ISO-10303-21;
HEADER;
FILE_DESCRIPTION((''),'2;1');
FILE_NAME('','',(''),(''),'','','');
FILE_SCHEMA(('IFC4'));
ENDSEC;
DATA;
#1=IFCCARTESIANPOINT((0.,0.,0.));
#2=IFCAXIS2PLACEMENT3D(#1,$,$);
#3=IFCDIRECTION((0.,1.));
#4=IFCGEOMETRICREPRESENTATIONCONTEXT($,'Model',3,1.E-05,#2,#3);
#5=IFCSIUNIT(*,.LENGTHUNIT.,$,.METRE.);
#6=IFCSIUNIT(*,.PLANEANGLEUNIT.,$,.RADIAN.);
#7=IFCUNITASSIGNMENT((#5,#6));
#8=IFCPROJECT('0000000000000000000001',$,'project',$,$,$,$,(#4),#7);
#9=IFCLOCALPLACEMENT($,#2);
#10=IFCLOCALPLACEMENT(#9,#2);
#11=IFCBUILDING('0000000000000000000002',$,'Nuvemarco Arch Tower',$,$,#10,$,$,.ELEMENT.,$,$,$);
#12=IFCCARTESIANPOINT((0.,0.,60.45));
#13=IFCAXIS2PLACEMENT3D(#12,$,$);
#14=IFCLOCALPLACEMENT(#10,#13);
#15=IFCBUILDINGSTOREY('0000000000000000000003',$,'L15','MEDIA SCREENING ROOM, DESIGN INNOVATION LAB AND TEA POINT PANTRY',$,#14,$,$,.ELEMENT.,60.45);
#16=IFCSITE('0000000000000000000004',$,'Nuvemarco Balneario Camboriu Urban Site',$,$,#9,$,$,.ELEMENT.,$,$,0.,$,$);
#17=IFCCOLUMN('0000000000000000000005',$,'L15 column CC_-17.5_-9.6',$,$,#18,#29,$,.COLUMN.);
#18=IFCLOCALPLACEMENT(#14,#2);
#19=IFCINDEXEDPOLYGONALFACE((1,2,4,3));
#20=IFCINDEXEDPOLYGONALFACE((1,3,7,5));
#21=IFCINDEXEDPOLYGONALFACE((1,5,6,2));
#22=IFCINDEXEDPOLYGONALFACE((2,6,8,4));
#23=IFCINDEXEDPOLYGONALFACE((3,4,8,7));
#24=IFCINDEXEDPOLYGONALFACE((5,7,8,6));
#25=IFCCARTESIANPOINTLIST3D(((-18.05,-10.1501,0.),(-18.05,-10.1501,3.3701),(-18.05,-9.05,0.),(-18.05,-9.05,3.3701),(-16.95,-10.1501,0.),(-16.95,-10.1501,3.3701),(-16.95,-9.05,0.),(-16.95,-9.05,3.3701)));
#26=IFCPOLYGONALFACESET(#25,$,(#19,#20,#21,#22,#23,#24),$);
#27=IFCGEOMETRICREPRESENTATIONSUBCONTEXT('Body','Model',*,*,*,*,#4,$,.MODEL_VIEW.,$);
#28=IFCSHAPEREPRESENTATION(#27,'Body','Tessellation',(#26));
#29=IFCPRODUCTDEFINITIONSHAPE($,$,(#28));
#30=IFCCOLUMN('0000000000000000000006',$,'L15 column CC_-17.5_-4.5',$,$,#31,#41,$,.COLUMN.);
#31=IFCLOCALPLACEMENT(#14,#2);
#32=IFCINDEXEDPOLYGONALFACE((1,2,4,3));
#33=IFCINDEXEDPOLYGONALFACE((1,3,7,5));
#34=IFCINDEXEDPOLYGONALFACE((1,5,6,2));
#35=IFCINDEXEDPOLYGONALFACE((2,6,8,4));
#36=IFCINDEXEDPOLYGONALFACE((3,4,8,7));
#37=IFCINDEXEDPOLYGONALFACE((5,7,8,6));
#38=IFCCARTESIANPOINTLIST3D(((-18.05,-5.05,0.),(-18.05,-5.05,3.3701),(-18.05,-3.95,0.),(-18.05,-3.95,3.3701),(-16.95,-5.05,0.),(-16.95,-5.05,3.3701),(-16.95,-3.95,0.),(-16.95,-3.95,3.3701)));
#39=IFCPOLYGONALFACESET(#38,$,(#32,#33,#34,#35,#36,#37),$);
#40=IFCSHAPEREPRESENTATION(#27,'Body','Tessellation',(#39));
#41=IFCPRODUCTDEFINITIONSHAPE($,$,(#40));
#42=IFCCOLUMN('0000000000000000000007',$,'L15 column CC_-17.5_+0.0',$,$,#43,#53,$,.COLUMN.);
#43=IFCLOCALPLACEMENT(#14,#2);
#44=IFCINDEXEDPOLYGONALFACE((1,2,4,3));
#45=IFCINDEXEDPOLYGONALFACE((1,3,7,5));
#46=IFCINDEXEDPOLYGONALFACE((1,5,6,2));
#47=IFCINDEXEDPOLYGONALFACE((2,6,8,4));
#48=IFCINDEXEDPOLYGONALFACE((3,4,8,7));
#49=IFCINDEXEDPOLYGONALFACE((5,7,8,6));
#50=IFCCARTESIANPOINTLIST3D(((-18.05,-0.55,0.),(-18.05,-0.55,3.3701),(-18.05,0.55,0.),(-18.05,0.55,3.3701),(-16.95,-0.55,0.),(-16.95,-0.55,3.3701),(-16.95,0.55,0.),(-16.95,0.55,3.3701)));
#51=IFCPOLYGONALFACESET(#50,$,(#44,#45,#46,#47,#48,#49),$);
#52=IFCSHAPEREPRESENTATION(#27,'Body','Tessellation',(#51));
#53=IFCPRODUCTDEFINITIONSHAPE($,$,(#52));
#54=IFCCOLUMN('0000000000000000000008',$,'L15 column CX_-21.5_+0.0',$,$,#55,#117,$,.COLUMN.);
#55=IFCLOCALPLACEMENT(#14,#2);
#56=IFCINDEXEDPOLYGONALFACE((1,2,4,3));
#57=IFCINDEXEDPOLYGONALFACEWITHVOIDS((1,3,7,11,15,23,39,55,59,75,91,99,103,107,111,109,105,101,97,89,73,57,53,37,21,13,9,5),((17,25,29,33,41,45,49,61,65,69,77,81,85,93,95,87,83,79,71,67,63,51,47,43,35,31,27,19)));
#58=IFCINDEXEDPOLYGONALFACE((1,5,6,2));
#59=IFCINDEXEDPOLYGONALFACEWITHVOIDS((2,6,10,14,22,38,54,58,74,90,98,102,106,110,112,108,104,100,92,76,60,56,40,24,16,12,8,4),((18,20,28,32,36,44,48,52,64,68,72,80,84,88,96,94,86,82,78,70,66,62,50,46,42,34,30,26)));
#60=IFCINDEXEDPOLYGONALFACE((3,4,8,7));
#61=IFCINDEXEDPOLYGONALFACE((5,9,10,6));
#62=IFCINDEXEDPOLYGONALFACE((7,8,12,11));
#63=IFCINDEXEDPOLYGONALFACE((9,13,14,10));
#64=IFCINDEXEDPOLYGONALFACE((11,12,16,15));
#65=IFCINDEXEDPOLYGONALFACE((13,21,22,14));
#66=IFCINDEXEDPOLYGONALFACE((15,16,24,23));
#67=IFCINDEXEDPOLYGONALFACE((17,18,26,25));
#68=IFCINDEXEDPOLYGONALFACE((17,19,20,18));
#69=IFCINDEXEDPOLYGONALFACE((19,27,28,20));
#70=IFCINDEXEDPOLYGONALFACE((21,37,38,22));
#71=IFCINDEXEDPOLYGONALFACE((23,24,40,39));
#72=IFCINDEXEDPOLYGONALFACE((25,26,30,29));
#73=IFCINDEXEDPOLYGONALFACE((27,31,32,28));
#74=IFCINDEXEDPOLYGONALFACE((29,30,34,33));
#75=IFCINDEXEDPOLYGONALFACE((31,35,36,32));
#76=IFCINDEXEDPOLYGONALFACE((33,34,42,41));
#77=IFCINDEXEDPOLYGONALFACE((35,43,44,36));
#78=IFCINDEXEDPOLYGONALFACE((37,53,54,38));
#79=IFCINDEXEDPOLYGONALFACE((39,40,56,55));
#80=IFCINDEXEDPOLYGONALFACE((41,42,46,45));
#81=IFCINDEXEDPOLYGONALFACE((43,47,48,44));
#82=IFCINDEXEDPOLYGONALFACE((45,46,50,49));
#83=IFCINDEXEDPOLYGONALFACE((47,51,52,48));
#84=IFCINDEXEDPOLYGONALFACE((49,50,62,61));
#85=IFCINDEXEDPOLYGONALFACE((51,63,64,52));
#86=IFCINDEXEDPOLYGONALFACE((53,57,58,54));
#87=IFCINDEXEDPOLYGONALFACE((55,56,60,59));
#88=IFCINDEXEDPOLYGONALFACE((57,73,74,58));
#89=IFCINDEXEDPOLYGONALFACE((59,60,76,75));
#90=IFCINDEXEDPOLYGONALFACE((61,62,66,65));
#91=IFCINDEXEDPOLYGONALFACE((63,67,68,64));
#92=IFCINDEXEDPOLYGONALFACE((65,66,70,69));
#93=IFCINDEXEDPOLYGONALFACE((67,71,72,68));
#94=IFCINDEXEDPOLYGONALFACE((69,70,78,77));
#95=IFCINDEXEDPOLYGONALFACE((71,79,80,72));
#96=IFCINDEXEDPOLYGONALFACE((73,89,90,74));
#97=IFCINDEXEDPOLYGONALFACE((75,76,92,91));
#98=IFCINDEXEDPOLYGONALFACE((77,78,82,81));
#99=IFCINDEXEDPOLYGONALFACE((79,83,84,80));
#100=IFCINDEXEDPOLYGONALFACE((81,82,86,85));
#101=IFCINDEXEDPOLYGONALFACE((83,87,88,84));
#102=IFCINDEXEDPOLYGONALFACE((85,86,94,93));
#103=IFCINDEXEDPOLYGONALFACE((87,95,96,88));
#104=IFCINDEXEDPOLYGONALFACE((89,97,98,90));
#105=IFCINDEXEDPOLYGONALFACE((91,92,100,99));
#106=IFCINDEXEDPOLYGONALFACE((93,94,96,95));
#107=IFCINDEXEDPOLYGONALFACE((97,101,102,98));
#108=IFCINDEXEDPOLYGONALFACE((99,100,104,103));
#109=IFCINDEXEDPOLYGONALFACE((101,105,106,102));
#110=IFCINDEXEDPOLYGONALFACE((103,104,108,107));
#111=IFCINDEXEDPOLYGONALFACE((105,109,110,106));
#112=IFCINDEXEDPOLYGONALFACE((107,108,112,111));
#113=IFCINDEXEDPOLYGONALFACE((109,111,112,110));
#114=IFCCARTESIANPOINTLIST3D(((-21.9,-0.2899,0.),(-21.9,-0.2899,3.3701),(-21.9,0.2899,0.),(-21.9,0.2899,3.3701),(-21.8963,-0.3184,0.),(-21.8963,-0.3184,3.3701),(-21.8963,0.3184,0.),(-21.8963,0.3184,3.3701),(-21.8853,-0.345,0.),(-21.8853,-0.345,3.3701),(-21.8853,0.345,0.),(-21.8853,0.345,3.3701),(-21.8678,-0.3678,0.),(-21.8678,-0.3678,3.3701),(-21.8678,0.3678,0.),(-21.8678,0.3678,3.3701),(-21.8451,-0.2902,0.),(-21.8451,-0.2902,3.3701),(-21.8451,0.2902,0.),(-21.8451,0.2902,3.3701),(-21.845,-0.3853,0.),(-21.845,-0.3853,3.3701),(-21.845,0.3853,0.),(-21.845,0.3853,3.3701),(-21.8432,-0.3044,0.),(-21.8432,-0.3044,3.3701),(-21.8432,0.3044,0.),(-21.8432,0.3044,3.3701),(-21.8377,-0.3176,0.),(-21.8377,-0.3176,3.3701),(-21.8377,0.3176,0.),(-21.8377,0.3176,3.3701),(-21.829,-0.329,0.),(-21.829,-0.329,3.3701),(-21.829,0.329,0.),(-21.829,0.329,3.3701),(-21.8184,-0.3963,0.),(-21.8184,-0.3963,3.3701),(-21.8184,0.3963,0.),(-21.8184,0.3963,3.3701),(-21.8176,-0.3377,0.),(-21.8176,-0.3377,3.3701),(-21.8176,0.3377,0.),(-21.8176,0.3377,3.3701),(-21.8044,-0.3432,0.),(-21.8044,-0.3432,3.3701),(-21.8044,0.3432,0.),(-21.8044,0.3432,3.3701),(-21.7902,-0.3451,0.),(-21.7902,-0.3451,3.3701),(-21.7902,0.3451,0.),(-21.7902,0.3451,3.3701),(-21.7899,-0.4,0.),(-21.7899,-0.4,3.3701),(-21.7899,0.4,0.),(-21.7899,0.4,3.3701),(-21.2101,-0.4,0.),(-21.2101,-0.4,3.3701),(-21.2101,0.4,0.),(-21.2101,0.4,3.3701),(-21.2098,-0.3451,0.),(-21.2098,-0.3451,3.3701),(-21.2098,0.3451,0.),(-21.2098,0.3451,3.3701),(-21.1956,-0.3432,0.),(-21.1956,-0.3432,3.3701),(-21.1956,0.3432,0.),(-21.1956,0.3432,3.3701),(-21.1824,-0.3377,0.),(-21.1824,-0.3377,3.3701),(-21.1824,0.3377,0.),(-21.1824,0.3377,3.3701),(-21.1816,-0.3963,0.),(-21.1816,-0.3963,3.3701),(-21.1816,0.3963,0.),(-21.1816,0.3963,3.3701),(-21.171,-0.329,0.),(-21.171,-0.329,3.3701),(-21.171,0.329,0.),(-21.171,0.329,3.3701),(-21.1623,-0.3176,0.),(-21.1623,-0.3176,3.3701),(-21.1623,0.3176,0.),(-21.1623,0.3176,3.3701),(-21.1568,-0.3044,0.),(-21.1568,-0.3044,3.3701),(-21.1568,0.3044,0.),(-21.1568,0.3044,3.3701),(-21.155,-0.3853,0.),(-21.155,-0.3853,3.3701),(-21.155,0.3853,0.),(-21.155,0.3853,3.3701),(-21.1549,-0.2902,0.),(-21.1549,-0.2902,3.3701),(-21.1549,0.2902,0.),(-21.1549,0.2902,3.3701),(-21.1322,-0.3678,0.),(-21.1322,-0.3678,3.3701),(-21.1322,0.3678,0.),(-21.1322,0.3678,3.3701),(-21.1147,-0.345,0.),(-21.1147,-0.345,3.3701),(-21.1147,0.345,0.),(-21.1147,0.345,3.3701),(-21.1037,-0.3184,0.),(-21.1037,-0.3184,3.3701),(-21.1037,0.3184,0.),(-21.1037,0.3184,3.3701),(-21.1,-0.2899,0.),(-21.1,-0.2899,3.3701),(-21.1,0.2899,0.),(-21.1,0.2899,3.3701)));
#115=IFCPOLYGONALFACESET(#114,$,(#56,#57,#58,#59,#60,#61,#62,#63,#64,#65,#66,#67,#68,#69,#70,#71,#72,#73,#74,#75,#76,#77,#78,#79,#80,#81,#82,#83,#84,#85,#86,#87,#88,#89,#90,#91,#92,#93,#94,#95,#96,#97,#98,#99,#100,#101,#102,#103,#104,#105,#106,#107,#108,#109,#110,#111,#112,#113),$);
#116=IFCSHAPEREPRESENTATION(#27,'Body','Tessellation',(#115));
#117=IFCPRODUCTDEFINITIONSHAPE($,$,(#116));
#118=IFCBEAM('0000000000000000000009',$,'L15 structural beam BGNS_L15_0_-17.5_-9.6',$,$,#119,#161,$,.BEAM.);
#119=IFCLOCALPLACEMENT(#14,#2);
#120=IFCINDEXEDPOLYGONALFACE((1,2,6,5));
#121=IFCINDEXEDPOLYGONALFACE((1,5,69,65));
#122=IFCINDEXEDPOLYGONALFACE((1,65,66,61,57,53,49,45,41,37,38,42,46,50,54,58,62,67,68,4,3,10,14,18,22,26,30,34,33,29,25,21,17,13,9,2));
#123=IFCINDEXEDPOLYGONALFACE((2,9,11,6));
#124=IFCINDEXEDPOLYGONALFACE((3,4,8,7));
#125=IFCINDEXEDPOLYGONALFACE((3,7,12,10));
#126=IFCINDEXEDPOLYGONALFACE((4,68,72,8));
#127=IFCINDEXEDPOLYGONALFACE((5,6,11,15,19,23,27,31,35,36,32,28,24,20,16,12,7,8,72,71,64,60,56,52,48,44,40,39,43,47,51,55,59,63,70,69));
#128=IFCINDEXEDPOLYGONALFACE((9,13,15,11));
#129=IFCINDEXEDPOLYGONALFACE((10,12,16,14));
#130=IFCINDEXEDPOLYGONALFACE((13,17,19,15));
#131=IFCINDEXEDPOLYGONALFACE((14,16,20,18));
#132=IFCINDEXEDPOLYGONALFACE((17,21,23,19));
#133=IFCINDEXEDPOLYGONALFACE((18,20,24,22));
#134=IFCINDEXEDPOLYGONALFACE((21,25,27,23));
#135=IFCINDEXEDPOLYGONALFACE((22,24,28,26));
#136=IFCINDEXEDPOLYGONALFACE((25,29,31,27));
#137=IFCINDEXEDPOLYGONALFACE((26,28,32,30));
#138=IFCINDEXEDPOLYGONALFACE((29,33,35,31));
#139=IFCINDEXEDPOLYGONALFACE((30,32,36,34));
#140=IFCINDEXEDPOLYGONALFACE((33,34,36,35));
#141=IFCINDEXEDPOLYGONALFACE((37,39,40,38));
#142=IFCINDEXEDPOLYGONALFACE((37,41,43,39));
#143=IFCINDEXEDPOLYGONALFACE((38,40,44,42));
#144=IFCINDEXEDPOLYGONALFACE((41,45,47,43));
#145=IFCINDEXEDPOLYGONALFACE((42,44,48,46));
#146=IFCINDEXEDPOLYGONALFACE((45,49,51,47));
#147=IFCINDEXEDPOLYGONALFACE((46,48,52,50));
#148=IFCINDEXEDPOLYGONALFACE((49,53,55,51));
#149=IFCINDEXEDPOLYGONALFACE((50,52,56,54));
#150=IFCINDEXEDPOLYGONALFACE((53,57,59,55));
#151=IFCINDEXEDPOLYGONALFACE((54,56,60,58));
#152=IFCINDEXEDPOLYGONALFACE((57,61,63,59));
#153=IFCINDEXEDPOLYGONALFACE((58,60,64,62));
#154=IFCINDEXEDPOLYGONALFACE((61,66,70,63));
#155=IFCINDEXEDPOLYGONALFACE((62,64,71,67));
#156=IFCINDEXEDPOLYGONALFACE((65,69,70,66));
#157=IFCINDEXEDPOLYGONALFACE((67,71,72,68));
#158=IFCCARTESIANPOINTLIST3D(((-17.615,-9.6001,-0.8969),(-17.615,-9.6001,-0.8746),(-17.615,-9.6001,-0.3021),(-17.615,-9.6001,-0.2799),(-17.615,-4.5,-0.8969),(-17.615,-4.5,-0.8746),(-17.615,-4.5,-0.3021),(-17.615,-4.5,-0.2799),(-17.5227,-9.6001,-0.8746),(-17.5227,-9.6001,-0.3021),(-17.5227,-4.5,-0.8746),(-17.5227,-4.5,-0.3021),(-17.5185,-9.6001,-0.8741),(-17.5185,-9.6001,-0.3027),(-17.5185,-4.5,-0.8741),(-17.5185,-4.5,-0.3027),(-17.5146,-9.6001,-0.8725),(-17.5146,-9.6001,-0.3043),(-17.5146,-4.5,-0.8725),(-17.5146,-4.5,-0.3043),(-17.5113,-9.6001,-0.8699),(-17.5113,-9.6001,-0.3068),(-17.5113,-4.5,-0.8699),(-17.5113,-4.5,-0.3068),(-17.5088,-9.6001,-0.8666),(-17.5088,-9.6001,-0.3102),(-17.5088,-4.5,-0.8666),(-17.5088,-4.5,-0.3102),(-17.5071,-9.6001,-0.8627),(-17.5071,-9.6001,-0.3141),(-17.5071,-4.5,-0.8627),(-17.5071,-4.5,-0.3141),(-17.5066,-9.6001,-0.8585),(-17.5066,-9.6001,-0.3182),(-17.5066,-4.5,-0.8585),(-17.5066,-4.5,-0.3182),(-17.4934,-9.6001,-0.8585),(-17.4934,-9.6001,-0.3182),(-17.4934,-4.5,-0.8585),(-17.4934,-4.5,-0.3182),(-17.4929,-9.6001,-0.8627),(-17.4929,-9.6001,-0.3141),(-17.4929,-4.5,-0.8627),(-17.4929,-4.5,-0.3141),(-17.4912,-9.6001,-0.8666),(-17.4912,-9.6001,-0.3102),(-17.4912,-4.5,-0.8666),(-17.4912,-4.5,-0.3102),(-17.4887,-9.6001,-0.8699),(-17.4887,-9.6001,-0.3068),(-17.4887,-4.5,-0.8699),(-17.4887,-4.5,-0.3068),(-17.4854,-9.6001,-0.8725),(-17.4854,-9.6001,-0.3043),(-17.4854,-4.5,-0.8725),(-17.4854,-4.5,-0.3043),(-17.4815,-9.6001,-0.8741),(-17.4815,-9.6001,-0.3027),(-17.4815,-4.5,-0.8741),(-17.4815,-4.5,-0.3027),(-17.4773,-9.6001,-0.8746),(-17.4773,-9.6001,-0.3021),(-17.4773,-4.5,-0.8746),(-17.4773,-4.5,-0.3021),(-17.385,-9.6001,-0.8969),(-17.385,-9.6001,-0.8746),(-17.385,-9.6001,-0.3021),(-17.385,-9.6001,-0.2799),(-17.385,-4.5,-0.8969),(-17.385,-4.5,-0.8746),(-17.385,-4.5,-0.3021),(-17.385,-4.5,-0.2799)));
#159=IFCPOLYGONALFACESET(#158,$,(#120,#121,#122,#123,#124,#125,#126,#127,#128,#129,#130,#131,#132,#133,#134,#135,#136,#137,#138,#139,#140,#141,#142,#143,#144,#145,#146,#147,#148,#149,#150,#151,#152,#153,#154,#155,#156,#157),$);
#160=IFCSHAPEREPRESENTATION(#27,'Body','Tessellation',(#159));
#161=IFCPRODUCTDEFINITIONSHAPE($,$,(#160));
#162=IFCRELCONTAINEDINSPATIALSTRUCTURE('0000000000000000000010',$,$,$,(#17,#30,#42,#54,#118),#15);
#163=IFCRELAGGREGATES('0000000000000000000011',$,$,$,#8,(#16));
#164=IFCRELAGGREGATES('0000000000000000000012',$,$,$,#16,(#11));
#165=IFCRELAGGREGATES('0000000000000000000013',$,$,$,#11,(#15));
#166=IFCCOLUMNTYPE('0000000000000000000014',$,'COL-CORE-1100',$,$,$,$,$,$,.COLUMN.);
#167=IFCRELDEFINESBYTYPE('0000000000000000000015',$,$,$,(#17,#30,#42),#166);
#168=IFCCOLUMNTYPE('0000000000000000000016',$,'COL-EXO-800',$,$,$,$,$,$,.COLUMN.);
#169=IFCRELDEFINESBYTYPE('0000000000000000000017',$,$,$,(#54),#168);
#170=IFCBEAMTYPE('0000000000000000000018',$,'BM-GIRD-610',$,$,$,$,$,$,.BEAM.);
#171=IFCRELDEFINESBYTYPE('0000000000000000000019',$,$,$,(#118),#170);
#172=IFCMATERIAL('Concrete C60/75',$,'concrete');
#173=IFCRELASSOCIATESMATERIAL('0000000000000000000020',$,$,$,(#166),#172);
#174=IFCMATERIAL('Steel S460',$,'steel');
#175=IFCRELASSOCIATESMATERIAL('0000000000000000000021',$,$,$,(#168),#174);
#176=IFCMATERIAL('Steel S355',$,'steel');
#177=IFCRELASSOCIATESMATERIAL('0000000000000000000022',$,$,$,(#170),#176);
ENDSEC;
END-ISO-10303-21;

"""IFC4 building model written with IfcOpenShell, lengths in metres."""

from ifc_helpers import new_model, si_unit, direction, frame, origin, origin_2d, place, context, subcontext, project, spatial, rectangle, hollow_rectangle, i_section, extrude, material, material_profile, profile_set, type_object, element, save


model = new_model("IFC4")

# Units and contexts
model_context = context("Model", 3, precision=1e-05, world=origin(), true_north=direction((0.0, 1.0)))
body_context = subcontext(model_context, "Body", "Model", "MODEL_VIEW")
ifc_project = project(units=[si_unit("LENGTHUNIT", "METRE"), si_unit("PLANEANGLEUNIT", "RADIAN")], contexts=[model_context])

# Site, building, storey
site_placement = place(None, origin())
site = spatial("IfcSite", under=ifc_project, at=site_placement, Name="Nuvemarco Balneario Camboriu Urban Site", CompositionType="ELEMENT", RefElevation=0.0)
building_placement = place(site_placement, origin())
building = spatial("IfcBuilding", under=site, at=building_placement, Name="Nuvemarco Arch Tower", CompositionType="ELEMENT")
storey_placement = place(building_placement, frame((0.0, 0.0, 60.45)))
storey = spatial("IfcBuildingStorey", under=building, at=storey_placement, Name="L15", Description="MEDIA SCREENING ROOM, DESIGN INNOVATION LAB AND TEA POINT PANTRY", CompositionType="ELEMENT", Elevation=60.45)

# Columns
ifc_material_1 = material(Name="Concrete C60/75", Category="concrete")
ifc_material_profile_1 = material_profile(ifc_material_1, rectangle(XDim=1.1001, YDim=1.1001, at=origin_2d()), Name="RC-COL-1100x1100")
ifc_profile_set_1 = profile_set([ifc_material_profile_1], Name="Concrete C60/75")
column_type_1 = type_object("IfcColumnType", Name="COL-CORE-1100", PredefinedType="COLUMN", material=ifc_profile_set_1)
for number, where, z_axis, x_axis, name in (
    (1, (-17.5, -9.6001, 0.0), (0.0, 0.0, 1.0), (1.0, 0.0, 0.0), "L15 column CC_-17.5_-9.6"),
    (2, (-17.5, -4.5, 0.0), (0.0, 0.0, 1.0), (1.0, 0.0, 0.0), "L15 column CC_-17.5_-4.5"),
    (3, (-17.5, 0.0, 0.0), (0.0, 0.0, 1.0), (1.0, 0.0, 0.0), "L15 column CC_-17.5_+0.0"),
):
    element("IfcColumn", number, at=place(storey_placement, frame(where, z_axis=z_axis, x_axis=x_axis)), inside=storey, type_object=column_type_1, Name=name, PredefinedType="COLUMN", context=body_context, shape_type="SweptSolid", body=[
        extrude(rectangle(XDim=1.1001, YDim=1.1001, at=origin_2d()), origin(), (0.0, 0.0, 1.0), 3.3701),
    ])
ifc_material_2 = material(Name="Steel S460", Category="steel")
ifc_material_profile_2 = material_profile(ifc_material_2, hollow_rectangle(XDim=0.8, YDim=0.8, WallThickness=0.0549, InnerFilletRadius=0.0549, OuterFilletRadius=0.1101, at=origin_2d()), Name="SHS800x800x55")
ifc_profile_set_2 = profile_set([ifc_material_profile_2], Name="Steel S460")
column_type_2 = type_object("IfcColumnType", Name="COL-EXO-800", PredefinedType="COLUMN", material=ifc_profile_set_2)
column_placement = place(storey_placement, frame((-21.5, 0.0, 0.0), z_axis=(0.0, 0.0, 1.0), x_axis=(1.0, 0.0, 0.0)))
element("IfcColumn", 4, at=column_placement, inside=storey, type_object=column_type_2, Name="L15 column CX_-21.5_+0.0", PredefinedType="COLUMN", context=body_context, shape_type="SweptSolid", body=[
    extrude(hollow_rectangle(XDim=0.8, YDim=0.8, WallThickness=0.0549, InnerFilletRadius=0.0549, OuterFilletRadius=0.1101, at=origin_2d()), origin(), (0.0, 0.0, 1.0), 3.3701),
])

# Beam
ifc_material_3 = material(Name="Steel S355", Category="steel")
ifc_material_profile_3 = material_profile(ifc_material_3, i_section(OverallWidth=0.23, OverallDepth=0.6169, WebThickness=0.0132, FlangeThickness=0.0222, FilletRadius=0.0161, at=origin_2d()), Name="W610x140")
ifc_profile_set_3 = profile_set([ifc_material_profile_3], Name="Steel S355")
beam_type_1 = type_object("IfcBeamType", Name="BM-GIRD-610", PredefinedType="BEAM", material=ifc_profile_set_3)
beam_1_placement = place(storey_placement, frame((-17.5, -9.6001, -0.5884), z_axis=(0.0, 1.0, 0.0), x_axis=(-1.0, 0.0, 0.0)))
element("IfcBeam", 5, at=beam_1_placement, inside=storey, type_object=beam_type_1, Name="L15 structural beam BGNS_L15_0_-17.5_-9.6", PredefinedType="BEAM", context=body_context, shape_type="SweptSolid", body=[
    extrude(i_section(OverallWidth=0.23, OverallDepth=0.6169, WebThickness=0.0132, FlangeThickness=0.0222, FilletRadius=0.0161, at=origin_2d()), origin(), (0.0, 0.0, 1.0), 5.1001),
])

save(model, "model.ifc")
